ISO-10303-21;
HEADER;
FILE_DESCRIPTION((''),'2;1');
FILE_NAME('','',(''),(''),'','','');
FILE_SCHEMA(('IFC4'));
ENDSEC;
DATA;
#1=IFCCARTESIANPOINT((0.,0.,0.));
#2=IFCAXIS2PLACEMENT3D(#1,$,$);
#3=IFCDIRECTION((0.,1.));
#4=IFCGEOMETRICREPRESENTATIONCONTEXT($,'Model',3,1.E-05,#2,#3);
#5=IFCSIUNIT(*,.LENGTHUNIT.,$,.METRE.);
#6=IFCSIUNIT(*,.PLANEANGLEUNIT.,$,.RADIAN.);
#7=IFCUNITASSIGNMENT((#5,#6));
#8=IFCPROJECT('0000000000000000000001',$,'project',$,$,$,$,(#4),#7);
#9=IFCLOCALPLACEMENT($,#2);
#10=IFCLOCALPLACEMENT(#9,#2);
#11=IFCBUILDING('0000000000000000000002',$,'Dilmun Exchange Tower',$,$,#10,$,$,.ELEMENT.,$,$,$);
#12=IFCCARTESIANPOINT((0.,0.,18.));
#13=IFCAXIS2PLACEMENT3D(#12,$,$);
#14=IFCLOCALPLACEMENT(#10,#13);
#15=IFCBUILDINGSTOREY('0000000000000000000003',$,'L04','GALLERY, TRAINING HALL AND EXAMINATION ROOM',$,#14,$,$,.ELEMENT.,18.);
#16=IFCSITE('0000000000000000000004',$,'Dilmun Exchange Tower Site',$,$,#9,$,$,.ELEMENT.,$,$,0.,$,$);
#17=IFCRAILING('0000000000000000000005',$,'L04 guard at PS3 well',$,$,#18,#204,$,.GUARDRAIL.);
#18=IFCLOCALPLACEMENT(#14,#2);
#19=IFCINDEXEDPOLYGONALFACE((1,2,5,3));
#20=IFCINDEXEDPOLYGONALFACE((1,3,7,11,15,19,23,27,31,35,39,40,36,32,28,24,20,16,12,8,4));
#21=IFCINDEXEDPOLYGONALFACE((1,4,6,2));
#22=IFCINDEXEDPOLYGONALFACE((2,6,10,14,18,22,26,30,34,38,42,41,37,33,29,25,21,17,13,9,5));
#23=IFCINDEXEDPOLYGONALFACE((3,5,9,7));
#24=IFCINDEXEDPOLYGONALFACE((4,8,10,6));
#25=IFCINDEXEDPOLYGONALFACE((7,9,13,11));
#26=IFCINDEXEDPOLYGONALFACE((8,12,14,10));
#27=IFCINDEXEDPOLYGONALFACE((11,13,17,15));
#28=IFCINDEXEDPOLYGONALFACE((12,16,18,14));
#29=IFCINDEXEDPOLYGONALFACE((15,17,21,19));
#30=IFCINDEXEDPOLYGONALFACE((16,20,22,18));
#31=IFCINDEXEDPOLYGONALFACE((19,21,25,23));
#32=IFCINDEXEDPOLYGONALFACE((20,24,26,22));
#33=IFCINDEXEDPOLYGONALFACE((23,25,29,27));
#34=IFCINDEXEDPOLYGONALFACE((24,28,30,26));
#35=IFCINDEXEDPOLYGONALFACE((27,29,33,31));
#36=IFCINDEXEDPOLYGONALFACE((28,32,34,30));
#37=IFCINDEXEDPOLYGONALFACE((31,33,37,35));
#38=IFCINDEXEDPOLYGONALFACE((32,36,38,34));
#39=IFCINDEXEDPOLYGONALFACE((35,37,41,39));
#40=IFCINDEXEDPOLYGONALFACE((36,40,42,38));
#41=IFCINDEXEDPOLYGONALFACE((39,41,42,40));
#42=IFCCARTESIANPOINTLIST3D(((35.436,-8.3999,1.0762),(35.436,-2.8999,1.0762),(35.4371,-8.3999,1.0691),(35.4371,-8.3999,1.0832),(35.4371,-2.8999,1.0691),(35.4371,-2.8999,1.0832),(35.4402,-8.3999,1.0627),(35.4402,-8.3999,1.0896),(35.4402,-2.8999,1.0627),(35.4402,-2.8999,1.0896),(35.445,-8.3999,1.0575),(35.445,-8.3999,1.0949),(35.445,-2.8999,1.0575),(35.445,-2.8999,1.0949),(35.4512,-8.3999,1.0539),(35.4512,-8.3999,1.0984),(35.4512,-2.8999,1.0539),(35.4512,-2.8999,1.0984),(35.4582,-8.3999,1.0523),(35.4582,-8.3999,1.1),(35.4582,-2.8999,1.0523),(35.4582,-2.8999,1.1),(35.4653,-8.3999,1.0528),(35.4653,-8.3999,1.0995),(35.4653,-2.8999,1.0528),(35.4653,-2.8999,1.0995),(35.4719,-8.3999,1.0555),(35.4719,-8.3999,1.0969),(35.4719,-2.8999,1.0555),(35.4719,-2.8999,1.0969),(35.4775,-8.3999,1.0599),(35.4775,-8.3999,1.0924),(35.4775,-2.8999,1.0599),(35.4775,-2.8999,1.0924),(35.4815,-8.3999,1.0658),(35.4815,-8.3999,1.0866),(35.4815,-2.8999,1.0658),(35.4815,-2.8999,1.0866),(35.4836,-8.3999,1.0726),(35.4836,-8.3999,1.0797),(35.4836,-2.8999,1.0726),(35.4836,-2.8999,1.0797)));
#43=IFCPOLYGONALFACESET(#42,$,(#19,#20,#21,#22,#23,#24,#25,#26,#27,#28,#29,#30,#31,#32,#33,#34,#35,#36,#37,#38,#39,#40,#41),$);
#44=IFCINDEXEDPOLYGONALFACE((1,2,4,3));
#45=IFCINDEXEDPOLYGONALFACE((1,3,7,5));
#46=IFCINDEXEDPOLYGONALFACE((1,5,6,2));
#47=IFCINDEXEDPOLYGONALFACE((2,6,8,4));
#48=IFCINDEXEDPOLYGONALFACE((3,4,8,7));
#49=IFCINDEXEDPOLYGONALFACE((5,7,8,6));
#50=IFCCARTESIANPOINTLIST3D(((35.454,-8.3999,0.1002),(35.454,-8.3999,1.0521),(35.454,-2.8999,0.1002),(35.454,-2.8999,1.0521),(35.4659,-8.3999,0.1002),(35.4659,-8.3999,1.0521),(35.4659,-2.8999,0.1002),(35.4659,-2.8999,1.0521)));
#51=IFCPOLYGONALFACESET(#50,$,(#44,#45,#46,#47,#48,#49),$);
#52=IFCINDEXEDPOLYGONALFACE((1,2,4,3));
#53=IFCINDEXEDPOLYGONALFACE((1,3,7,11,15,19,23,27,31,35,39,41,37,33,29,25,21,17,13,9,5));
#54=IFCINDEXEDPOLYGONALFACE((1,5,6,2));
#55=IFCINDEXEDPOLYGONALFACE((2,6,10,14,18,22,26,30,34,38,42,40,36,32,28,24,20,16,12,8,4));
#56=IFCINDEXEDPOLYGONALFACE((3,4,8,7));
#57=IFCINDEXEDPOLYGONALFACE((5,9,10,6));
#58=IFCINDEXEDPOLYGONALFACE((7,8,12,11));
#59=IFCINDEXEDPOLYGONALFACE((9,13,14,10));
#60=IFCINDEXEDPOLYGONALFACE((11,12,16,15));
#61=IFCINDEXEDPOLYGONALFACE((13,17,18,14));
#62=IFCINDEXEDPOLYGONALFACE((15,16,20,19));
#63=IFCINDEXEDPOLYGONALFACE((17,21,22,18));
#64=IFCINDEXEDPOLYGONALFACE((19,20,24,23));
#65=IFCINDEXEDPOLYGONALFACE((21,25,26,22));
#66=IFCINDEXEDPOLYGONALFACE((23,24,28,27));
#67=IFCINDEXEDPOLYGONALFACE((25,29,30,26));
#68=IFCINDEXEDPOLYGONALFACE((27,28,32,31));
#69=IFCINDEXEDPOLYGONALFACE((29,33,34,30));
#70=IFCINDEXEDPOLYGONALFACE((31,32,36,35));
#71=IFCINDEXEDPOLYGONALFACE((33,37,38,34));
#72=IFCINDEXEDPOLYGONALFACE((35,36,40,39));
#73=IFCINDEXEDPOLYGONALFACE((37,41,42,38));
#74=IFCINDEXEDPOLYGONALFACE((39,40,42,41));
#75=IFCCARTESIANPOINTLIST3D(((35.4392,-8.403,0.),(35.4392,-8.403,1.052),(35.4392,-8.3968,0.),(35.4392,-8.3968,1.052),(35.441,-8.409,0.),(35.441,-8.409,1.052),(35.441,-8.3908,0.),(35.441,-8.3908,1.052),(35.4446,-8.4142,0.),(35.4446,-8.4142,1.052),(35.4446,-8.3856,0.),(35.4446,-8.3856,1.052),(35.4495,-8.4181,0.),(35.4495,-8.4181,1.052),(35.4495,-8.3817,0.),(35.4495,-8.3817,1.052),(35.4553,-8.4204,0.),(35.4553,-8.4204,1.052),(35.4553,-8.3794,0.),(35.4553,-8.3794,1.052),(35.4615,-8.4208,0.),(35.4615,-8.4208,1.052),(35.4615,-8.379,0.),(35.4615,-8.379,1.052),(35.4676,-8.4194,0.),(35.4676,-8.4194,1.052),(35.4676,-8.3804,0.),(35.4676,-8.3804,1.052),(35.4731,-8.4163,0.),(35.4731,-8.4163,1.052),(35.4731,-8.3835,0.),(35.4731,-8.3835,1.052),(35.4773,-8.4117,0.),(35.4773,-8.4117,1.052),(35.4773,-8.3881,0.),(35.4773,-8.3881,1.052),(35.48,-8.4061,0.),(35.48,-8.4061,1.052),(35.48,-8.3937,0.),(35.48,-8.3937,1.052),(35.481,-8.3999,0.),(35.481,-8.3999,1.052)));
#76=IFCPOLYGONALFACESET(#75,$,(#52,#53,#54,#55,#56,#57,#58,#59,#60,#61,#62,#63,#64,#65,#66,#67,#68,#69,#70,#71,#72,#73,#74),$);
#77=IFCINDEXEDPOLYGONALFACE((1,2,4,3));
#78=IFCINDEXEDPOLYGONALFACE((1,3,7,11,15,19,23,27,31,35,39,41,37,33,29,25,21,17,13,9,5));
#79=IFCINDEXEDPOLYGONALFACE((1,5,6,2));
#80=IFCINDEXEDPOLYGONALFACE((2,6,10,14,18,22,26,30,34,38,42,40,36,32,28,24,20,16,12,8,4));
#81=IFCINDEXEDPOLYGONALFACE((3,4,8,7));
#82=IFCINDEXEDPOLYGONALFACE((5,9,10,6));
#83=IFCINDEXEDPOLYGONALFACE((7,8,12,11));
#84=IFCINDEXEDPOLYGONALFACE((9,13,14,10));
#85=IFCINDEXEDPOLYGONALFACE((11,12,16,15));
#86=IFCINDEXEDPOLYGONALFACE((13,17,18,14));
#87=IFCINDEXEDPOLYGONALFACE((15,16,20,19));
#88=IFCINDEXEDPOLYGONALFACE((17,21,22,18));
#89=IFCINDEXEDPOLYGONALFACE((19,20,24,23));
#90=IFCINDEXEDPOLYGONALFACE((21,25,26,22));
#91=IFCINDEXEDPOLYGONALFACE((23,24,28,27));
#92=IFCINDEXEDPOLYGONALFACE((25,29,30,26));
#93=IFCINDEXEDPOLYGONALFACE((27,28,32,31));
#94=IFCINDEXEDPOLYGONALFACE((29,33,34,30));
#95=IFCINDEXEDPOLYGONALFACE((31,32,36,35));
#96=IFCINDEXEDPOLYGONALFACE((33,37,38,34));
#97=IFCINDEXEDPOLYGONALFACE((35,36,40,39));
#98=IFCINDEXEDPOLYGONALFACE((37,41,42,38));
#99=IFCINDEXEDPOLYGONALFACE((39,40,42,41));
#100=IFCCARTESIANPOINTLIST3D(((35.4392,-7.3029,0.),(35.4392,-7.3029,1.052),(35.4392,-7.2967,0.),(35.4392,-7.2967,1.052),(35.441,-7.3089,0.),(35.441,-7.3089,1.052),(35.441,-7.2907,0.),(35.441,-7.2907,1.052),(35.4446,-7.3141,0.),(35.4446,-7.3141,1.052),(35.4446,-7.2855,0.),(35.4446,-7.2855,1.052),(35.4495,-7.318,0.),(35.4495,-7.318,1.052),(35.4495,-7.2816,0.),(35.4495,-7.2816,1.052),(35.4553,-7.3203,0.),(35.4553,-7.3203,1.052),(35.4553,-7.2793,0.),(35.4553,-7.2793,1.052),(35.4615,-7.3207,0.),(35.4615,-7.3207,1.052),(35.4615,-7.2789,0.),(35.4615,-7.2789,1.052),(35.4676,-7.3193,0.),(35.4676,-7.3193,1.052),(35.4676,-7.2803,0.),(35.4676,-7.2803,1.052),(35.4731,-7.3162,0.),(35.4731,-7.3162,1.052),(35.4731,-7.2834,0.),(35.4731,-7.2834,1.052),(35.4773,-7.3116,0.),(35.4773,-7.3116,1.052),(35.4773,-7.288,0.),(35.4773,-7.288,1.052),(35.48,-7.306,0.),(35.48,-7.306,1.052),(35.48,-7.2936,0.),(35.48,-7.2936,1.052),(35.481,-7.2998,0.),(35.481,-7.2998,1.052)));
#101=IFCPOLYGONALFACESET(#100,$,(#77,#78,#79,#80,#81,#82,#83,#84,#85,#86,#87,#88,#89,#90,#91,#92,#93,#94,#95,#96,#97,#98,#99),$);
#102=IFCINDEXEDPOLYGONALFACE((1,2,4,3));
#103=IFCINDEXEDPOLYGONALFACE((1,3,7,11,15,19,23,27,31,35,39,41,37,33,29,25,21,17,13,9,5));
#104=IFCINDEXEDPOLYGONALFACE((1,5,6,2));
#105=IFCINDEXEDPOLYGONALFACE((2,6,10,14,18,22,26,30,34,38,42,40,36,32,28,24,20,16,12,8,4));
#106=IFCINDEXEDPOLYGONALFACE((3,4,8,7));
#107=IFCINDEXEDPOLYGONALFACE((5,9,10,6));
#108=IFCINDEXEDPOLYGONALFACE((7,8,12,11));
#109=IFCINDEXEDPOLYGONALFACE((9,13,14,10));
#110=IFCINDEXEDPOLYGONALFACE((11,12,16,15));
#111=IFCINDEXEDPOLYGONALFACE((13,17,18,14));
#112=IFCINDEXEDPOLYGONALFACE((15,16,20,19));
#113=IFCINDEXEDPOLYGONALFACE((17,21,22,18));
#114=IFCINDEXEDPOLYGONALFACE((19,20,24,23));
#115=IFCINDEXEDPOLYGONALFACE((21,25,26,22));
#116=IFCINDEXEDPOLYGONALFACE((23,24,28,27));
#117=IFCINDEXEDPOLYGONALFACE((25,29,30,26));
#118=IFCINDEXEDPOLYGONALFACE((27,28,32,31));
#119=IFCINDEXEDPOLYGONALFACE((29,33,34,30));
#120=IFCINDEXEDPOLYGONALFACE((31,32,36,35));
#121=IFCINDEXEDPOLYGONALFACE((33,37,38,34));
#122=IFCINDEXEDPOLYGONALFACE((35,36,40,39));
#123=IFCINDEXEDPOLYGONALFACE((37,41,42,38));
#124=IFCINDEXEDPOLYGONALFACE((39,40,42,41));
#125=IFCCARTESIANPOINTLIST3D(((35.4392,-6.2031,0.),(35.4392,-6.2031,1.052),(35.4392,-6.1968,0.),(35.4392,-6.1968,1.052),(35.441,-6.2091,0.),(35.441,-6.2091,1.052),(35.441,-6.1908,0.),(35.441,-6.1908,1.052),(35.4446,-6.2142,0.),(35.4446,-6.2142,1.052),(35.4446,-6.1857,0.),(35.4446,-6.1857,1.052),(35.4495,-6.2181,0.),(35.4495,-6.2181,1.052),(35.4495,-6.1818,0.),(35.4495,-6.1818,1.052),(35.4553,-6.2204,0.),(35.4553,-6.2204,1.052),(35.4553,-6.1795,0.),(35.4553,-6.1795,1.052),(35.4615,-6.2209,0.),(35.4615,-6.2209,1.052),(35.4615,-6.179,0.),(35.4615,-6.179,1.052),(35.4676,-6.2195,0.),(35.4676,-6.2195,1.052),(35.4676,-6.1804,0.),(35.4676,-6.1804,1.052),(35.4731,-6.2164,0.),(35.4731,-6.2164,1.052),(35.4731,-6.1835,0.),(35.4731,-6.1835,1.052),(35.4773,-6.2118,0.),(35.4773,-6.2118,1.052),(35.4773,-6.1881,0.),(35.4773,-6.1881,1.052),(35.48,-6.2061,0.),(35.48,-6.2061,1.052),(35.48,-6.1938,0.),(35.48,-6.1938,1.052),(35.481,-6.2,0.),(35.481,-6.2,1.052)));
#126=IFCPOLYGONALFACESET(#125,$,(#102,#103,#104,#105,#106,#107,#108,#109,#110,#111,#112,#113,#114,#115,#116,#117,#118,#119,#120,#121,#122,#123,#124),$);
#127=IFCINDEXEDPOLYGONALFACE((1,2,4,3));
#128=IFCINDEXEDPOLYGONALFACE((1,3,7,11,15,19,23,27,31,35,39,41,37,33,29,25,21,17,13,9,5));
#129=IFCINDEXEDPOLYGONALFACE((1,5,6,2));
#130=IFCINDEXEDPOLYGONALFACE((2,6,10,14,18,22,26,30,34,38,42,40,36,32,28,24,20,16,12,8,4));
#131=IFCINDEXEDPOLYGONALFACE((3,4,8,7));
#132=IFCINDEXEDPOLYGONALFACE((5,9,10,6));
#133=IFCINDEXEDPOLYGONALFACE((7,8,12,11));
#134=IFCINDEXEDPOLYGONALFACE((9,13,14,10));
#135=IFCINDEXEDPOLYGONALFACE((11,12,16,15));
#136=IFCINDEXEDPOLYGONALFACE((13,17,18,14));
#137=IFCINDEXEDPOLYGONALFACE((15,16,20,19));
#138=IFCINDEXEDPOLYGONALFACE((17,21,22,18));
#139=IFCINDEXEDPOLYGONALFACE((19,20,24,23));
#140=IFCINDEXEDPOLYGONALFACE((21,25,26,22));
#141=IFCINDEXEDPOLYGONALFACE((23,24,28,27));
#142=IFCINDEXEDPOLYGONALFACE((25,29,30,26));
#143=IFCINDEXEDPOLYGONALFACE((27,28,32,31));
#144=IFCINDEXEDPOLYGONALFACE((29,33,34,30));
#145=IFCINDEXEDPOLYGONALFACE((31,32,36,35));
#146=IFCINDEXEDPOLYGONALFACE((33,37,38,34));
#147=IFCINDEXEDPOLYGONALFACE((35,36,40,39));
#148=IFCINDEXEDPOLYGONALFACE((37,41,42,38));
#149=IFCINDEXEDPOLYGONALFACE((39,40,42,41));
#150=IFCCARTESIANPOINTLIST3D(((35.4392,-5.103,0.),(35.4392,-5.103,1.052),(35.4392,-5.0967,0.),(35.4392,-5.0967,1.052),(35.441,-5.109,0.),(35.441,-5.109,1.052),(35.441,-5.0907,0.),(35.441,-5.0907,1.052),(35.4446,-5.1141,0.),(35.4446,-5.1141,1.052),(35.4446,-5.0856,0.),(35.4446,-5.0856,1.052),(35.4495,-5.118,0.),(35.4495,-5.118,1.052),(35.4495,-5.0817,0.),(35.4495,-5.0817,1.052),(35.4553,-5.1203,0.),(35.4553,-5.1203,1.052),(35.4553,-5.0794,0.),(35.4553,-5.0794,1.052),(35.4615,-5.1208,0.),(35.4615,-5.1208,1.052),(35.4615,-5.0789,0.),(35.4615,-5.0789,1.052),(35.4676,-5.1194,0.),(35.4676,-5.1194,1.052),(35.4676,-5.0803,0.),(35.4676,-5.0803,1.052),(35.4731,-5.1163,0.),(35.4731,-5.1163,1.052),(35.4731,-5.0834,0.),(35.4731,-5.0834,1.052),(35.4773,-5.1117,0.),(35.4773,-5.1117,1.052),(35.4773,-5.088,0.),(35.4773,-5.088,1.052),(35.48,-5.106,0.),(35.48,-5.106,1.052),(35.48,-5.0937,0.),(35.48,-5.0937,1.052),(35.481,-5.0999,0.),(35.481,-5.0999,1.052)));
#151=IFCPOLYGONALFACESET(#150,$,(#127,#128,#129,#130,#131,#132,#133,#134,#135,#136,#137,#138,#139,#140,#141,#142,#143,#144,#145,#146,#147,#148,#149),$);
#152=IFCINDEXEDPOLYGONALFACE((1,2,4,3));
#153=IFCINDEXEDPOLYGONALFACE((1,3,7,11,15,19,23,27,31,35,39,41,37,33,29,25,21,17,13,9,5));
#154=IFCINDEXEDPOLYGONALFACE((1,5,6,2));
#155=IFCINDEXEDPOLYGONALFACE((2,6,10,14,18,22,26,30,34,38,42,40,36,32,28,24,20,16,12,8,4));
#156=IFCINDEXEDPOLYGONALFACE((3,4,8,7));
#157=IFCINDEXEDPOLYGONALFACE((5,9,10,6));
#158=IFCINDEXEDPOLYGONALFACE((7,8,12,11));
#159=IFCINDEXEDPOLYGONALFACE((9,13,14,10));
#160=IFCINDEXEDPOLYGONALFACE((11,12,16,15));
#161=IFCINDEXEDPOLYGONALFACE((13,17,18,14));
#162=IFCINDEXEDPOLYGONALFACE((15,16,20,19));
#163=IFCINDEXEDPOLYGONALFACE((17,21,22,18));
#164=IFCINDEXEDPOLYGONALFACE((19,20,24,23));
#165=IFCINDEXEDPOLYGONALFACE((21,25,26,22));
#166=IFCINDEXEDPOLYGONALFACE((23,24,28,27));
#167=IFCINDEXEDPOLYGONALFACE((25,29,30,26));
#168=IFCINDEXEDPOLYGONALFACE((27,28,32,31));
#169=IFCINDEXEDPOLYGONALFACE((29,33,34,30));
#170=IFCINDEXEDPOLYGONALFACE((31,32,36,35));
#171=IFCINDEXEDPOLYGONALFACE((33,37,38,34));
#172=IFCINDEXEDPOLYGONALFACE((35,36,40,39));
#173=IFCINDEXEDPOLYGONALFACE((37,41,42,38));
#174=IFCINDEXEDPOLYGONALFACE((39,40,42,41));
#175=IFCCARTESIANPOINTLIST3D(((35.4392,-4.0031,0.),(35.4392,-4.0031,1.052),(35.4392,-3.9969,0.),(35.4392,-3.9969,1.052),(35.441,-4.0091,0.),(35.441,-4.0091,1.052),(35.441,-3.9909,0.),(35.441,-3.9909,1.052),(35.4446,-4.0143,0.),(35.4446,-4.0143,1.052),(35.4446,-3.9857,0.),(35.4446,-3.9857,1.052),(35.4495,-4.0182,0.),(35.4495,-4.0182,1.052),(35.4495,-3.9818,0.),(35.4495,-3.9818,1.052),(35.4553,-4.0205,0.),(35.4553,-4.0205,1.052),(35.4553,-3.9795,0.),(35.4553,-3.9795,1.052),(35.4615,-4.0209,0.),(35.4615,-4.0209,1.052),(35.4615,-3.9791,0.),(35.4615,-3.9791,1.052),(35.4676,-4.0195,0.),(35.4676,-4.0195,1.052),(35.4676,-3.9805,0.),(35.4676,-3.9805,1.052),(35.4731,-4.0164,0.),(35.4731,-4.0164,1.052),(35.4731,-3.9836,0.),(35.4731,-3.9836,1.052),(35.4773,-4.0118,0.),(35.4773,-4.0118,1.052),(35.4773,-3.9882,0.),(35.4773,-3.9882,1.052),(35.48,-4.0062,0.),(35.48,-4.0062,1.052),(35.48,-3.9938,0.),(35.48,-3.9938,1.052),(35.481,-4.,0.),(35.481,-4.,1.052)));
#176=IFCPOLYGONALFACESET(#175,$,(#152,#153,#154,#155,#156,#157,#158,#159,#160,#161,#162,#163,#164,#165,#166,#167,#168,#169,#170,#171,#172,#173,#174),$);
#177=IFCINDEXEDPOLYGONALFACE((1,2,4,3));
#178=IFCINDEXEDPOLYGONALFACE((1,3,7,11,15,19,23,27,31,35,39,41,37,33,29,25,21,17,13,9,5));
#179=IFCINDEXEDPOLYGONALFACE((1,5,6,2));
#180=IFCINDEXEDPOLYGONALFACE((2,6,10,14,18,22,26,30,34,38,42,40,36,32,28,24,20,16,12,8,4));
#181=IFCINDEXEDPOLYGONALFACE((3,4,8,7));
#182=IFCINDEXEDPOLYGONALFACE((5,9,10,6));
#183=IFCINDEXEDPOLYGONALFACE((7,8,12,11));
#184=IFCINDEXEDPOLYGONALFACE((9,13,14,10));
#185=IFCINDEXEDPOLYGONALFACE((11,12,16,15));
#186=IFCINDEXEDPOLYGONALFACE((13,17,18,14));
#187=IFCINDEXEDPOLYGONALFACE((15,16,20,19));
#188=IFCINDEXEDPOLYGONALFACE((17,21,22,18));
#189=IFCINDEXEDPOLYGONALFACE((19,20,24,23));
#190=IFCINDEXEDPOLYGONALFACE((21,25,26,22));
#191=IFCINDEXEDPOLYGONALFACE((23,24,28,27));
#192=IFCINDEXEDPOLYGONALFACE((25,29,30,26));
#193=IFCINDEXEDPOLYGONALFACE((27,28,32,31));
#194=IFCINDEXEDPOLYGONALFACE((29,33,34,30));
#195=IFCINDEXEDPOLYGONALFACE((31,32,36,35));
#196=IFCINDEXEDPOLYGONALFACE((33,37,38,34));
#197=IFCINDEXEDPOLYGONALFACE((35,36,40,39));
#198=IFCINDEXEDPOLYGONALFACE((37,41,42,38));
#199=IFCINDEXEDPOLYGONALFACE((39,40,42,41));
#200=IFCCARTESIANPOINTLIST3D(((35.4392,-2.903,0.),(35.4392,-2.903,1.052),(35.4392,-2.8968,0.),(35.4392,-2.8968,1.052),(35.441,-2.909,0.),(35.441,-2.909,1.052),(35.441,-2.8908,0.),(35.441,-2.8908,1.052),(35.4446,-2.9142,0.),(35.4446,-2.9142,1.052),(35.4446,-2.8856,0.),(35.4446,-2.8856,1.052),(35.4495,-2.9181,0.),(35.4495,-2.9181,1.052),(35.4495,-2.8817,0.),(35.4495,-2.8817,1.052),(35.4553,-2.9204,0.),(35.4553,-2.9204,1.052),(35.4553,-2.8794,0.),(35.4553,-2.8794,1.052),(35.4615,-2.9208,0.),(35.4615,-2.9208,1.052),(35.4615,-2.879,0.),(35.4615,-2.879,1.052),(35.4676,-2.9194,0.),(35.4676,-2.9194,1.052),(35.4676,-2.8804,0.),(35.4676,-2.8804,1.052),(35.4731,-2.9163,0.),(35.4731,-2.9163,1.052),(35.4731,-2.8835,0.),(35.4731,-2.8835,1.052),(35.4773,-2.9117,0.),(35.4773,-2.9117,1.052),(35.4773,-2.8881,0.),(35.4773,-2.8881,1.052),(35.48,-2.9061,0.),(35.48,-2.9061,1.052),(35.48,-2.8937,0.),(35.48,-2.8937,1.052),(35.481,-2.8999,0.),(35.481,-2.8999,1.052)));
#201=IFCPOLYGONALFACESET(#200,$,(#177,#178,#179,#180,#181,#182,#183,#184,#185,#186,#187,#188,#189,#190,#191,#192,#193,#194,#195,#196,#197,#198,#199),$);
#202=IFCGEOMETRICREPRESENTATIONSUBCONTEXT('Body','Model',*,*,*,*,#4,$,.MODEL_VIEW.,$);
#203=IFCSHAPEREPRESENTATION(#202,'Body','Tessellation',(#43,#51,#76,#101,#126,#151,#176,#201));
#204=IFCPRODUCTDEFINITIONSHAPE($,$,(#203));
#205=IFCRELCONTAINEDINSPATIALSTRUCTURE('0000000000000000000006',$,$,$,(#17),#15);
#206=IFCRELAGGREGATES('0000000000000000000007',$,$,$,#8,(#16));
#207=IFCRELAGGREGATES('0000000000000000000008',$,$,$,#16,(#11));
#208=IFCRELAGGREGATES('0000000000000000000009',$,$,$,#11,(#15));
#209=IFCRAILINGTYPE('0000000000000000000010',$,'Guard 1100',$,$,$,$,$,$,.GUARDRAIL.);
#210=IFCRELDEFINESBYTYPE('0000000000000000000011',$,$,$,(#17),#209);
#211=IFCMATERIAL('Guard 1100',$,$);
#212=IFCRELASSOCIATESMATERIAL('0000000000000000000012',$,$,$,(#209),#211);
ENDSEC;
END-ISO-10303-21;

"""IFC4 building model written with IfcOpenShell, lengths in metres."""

from ifc_helpers import new_model, si_unit, direction, frame, origin, origin_2d, place, context, subcontext, project, spatial, rectangle, circle, extrude, material, type_object, element, save


model = new_model("IFC4")

# Units and contexts
model_context = context("Model", 3, precision=1e-05, world=origin(), true_north=direction((0.0, 1.0)))
body_context = subcontext(model_context, "Body", "Model", "MODEL_VIEW")
ifc_project = project(units=[si_unit("LENGTHUNIT", "METRE"), si_unit("PLANEANGLEUNIT", "RADIAN")], contexts=[model_context])

# Site, building, storey
site_placement = place(None, origin())
site = spatial("IfcSite", under=ifc_project, at=site_placement, Name="Dilmun Exchange Tower Site", CompositionType="ELEMENT", RefElevation=0.0)
building_placement = place(site_placement, origin())
building = spatial("IfcBuilding", under=site, at=building_placement, Name="Dilmun Exchange Tower", CompositionType="ELEMENT")
storey_placement = place(building_placement, frame((0.0, 0.0, 18.0)))
storey = spatial("IfcBuildingStorey", under=building, at=storey_placement, Name="L04", Description="GALLERY, TRAINING HALL AND EXAMINATION ROOM", CompositionType="ELEMENT", Elevation=18.0)

# Railing
ifc_material_1 = material(Name="Guard 1100")
railing_type_1 = type_object("IfcRailingType", Name="Guard 1100", PredefinedType="GUARDRAIL", material=ifc_material_1)
railing_1_placement = place(storey_placement, frame((35.46, -8.3999, 0.0)))
element("IfcRailing", 1, at=railing_1_placement, inside=storey, type_object=railing_type_1, Name="L04 guard at PS3 well", PredefinedType="GUARDRAIL", context=body_context, shape_type="SweptSolid", body=[
    extrude(circle(Radius=0.0239, at=origin_2d()), frame((0.0, 0.0, 1.0762), z_axis=(0.0, 1.0, 0.0), x_axis=(-1.0, 0.0, 0.0)), (0.0, 0.0, 1.0), 5.5),
    extrude(rectangle(XDim=0.012, YDim=0.9519, at=origin_2d()), frame((0.0, 0.0, 0.5762), z_axis=(0.0, 1.0, 0.0), x_axis=(-1.0, 0.0, 0.0)), (0.0, 0.0, 1.0), 5.5),
    extrude(circle(Radius=0.021, at=origin_2d()), origin(), (0.0, 0.0, 1.0), 1.052),
    extrude(circle(Radius=0.021, at=origin_2d()), frame((0.0, 1.1001, 0.0)), (0.0, 0.0, 1.0), 1.052),
    extrude(circle(Radius=0.021, at=origin_2d()), frame((0.0, 2.2, 0.0)), (0.0, 0.0, 1.0), 1.052),
    extrude(circle(Radius=0.021, at=origin_2d()), frame((0.0, 3.3, 0.0)), (0.0, 0.0, 1.0), 1.052),
    extrude(circle(Radius=0.021, at=origin_2d()), frame((0.0, 4.3999, 0.0)), (0.0, 0.0, 1.0), 1.052),
    extrude(circle(Radius=0.021, at=origin_2d()), frame((0.0, 5.5, 0.0)), (0.0, 0.0, 1.0), 1.052),
])

save(model, "model.ifc")
